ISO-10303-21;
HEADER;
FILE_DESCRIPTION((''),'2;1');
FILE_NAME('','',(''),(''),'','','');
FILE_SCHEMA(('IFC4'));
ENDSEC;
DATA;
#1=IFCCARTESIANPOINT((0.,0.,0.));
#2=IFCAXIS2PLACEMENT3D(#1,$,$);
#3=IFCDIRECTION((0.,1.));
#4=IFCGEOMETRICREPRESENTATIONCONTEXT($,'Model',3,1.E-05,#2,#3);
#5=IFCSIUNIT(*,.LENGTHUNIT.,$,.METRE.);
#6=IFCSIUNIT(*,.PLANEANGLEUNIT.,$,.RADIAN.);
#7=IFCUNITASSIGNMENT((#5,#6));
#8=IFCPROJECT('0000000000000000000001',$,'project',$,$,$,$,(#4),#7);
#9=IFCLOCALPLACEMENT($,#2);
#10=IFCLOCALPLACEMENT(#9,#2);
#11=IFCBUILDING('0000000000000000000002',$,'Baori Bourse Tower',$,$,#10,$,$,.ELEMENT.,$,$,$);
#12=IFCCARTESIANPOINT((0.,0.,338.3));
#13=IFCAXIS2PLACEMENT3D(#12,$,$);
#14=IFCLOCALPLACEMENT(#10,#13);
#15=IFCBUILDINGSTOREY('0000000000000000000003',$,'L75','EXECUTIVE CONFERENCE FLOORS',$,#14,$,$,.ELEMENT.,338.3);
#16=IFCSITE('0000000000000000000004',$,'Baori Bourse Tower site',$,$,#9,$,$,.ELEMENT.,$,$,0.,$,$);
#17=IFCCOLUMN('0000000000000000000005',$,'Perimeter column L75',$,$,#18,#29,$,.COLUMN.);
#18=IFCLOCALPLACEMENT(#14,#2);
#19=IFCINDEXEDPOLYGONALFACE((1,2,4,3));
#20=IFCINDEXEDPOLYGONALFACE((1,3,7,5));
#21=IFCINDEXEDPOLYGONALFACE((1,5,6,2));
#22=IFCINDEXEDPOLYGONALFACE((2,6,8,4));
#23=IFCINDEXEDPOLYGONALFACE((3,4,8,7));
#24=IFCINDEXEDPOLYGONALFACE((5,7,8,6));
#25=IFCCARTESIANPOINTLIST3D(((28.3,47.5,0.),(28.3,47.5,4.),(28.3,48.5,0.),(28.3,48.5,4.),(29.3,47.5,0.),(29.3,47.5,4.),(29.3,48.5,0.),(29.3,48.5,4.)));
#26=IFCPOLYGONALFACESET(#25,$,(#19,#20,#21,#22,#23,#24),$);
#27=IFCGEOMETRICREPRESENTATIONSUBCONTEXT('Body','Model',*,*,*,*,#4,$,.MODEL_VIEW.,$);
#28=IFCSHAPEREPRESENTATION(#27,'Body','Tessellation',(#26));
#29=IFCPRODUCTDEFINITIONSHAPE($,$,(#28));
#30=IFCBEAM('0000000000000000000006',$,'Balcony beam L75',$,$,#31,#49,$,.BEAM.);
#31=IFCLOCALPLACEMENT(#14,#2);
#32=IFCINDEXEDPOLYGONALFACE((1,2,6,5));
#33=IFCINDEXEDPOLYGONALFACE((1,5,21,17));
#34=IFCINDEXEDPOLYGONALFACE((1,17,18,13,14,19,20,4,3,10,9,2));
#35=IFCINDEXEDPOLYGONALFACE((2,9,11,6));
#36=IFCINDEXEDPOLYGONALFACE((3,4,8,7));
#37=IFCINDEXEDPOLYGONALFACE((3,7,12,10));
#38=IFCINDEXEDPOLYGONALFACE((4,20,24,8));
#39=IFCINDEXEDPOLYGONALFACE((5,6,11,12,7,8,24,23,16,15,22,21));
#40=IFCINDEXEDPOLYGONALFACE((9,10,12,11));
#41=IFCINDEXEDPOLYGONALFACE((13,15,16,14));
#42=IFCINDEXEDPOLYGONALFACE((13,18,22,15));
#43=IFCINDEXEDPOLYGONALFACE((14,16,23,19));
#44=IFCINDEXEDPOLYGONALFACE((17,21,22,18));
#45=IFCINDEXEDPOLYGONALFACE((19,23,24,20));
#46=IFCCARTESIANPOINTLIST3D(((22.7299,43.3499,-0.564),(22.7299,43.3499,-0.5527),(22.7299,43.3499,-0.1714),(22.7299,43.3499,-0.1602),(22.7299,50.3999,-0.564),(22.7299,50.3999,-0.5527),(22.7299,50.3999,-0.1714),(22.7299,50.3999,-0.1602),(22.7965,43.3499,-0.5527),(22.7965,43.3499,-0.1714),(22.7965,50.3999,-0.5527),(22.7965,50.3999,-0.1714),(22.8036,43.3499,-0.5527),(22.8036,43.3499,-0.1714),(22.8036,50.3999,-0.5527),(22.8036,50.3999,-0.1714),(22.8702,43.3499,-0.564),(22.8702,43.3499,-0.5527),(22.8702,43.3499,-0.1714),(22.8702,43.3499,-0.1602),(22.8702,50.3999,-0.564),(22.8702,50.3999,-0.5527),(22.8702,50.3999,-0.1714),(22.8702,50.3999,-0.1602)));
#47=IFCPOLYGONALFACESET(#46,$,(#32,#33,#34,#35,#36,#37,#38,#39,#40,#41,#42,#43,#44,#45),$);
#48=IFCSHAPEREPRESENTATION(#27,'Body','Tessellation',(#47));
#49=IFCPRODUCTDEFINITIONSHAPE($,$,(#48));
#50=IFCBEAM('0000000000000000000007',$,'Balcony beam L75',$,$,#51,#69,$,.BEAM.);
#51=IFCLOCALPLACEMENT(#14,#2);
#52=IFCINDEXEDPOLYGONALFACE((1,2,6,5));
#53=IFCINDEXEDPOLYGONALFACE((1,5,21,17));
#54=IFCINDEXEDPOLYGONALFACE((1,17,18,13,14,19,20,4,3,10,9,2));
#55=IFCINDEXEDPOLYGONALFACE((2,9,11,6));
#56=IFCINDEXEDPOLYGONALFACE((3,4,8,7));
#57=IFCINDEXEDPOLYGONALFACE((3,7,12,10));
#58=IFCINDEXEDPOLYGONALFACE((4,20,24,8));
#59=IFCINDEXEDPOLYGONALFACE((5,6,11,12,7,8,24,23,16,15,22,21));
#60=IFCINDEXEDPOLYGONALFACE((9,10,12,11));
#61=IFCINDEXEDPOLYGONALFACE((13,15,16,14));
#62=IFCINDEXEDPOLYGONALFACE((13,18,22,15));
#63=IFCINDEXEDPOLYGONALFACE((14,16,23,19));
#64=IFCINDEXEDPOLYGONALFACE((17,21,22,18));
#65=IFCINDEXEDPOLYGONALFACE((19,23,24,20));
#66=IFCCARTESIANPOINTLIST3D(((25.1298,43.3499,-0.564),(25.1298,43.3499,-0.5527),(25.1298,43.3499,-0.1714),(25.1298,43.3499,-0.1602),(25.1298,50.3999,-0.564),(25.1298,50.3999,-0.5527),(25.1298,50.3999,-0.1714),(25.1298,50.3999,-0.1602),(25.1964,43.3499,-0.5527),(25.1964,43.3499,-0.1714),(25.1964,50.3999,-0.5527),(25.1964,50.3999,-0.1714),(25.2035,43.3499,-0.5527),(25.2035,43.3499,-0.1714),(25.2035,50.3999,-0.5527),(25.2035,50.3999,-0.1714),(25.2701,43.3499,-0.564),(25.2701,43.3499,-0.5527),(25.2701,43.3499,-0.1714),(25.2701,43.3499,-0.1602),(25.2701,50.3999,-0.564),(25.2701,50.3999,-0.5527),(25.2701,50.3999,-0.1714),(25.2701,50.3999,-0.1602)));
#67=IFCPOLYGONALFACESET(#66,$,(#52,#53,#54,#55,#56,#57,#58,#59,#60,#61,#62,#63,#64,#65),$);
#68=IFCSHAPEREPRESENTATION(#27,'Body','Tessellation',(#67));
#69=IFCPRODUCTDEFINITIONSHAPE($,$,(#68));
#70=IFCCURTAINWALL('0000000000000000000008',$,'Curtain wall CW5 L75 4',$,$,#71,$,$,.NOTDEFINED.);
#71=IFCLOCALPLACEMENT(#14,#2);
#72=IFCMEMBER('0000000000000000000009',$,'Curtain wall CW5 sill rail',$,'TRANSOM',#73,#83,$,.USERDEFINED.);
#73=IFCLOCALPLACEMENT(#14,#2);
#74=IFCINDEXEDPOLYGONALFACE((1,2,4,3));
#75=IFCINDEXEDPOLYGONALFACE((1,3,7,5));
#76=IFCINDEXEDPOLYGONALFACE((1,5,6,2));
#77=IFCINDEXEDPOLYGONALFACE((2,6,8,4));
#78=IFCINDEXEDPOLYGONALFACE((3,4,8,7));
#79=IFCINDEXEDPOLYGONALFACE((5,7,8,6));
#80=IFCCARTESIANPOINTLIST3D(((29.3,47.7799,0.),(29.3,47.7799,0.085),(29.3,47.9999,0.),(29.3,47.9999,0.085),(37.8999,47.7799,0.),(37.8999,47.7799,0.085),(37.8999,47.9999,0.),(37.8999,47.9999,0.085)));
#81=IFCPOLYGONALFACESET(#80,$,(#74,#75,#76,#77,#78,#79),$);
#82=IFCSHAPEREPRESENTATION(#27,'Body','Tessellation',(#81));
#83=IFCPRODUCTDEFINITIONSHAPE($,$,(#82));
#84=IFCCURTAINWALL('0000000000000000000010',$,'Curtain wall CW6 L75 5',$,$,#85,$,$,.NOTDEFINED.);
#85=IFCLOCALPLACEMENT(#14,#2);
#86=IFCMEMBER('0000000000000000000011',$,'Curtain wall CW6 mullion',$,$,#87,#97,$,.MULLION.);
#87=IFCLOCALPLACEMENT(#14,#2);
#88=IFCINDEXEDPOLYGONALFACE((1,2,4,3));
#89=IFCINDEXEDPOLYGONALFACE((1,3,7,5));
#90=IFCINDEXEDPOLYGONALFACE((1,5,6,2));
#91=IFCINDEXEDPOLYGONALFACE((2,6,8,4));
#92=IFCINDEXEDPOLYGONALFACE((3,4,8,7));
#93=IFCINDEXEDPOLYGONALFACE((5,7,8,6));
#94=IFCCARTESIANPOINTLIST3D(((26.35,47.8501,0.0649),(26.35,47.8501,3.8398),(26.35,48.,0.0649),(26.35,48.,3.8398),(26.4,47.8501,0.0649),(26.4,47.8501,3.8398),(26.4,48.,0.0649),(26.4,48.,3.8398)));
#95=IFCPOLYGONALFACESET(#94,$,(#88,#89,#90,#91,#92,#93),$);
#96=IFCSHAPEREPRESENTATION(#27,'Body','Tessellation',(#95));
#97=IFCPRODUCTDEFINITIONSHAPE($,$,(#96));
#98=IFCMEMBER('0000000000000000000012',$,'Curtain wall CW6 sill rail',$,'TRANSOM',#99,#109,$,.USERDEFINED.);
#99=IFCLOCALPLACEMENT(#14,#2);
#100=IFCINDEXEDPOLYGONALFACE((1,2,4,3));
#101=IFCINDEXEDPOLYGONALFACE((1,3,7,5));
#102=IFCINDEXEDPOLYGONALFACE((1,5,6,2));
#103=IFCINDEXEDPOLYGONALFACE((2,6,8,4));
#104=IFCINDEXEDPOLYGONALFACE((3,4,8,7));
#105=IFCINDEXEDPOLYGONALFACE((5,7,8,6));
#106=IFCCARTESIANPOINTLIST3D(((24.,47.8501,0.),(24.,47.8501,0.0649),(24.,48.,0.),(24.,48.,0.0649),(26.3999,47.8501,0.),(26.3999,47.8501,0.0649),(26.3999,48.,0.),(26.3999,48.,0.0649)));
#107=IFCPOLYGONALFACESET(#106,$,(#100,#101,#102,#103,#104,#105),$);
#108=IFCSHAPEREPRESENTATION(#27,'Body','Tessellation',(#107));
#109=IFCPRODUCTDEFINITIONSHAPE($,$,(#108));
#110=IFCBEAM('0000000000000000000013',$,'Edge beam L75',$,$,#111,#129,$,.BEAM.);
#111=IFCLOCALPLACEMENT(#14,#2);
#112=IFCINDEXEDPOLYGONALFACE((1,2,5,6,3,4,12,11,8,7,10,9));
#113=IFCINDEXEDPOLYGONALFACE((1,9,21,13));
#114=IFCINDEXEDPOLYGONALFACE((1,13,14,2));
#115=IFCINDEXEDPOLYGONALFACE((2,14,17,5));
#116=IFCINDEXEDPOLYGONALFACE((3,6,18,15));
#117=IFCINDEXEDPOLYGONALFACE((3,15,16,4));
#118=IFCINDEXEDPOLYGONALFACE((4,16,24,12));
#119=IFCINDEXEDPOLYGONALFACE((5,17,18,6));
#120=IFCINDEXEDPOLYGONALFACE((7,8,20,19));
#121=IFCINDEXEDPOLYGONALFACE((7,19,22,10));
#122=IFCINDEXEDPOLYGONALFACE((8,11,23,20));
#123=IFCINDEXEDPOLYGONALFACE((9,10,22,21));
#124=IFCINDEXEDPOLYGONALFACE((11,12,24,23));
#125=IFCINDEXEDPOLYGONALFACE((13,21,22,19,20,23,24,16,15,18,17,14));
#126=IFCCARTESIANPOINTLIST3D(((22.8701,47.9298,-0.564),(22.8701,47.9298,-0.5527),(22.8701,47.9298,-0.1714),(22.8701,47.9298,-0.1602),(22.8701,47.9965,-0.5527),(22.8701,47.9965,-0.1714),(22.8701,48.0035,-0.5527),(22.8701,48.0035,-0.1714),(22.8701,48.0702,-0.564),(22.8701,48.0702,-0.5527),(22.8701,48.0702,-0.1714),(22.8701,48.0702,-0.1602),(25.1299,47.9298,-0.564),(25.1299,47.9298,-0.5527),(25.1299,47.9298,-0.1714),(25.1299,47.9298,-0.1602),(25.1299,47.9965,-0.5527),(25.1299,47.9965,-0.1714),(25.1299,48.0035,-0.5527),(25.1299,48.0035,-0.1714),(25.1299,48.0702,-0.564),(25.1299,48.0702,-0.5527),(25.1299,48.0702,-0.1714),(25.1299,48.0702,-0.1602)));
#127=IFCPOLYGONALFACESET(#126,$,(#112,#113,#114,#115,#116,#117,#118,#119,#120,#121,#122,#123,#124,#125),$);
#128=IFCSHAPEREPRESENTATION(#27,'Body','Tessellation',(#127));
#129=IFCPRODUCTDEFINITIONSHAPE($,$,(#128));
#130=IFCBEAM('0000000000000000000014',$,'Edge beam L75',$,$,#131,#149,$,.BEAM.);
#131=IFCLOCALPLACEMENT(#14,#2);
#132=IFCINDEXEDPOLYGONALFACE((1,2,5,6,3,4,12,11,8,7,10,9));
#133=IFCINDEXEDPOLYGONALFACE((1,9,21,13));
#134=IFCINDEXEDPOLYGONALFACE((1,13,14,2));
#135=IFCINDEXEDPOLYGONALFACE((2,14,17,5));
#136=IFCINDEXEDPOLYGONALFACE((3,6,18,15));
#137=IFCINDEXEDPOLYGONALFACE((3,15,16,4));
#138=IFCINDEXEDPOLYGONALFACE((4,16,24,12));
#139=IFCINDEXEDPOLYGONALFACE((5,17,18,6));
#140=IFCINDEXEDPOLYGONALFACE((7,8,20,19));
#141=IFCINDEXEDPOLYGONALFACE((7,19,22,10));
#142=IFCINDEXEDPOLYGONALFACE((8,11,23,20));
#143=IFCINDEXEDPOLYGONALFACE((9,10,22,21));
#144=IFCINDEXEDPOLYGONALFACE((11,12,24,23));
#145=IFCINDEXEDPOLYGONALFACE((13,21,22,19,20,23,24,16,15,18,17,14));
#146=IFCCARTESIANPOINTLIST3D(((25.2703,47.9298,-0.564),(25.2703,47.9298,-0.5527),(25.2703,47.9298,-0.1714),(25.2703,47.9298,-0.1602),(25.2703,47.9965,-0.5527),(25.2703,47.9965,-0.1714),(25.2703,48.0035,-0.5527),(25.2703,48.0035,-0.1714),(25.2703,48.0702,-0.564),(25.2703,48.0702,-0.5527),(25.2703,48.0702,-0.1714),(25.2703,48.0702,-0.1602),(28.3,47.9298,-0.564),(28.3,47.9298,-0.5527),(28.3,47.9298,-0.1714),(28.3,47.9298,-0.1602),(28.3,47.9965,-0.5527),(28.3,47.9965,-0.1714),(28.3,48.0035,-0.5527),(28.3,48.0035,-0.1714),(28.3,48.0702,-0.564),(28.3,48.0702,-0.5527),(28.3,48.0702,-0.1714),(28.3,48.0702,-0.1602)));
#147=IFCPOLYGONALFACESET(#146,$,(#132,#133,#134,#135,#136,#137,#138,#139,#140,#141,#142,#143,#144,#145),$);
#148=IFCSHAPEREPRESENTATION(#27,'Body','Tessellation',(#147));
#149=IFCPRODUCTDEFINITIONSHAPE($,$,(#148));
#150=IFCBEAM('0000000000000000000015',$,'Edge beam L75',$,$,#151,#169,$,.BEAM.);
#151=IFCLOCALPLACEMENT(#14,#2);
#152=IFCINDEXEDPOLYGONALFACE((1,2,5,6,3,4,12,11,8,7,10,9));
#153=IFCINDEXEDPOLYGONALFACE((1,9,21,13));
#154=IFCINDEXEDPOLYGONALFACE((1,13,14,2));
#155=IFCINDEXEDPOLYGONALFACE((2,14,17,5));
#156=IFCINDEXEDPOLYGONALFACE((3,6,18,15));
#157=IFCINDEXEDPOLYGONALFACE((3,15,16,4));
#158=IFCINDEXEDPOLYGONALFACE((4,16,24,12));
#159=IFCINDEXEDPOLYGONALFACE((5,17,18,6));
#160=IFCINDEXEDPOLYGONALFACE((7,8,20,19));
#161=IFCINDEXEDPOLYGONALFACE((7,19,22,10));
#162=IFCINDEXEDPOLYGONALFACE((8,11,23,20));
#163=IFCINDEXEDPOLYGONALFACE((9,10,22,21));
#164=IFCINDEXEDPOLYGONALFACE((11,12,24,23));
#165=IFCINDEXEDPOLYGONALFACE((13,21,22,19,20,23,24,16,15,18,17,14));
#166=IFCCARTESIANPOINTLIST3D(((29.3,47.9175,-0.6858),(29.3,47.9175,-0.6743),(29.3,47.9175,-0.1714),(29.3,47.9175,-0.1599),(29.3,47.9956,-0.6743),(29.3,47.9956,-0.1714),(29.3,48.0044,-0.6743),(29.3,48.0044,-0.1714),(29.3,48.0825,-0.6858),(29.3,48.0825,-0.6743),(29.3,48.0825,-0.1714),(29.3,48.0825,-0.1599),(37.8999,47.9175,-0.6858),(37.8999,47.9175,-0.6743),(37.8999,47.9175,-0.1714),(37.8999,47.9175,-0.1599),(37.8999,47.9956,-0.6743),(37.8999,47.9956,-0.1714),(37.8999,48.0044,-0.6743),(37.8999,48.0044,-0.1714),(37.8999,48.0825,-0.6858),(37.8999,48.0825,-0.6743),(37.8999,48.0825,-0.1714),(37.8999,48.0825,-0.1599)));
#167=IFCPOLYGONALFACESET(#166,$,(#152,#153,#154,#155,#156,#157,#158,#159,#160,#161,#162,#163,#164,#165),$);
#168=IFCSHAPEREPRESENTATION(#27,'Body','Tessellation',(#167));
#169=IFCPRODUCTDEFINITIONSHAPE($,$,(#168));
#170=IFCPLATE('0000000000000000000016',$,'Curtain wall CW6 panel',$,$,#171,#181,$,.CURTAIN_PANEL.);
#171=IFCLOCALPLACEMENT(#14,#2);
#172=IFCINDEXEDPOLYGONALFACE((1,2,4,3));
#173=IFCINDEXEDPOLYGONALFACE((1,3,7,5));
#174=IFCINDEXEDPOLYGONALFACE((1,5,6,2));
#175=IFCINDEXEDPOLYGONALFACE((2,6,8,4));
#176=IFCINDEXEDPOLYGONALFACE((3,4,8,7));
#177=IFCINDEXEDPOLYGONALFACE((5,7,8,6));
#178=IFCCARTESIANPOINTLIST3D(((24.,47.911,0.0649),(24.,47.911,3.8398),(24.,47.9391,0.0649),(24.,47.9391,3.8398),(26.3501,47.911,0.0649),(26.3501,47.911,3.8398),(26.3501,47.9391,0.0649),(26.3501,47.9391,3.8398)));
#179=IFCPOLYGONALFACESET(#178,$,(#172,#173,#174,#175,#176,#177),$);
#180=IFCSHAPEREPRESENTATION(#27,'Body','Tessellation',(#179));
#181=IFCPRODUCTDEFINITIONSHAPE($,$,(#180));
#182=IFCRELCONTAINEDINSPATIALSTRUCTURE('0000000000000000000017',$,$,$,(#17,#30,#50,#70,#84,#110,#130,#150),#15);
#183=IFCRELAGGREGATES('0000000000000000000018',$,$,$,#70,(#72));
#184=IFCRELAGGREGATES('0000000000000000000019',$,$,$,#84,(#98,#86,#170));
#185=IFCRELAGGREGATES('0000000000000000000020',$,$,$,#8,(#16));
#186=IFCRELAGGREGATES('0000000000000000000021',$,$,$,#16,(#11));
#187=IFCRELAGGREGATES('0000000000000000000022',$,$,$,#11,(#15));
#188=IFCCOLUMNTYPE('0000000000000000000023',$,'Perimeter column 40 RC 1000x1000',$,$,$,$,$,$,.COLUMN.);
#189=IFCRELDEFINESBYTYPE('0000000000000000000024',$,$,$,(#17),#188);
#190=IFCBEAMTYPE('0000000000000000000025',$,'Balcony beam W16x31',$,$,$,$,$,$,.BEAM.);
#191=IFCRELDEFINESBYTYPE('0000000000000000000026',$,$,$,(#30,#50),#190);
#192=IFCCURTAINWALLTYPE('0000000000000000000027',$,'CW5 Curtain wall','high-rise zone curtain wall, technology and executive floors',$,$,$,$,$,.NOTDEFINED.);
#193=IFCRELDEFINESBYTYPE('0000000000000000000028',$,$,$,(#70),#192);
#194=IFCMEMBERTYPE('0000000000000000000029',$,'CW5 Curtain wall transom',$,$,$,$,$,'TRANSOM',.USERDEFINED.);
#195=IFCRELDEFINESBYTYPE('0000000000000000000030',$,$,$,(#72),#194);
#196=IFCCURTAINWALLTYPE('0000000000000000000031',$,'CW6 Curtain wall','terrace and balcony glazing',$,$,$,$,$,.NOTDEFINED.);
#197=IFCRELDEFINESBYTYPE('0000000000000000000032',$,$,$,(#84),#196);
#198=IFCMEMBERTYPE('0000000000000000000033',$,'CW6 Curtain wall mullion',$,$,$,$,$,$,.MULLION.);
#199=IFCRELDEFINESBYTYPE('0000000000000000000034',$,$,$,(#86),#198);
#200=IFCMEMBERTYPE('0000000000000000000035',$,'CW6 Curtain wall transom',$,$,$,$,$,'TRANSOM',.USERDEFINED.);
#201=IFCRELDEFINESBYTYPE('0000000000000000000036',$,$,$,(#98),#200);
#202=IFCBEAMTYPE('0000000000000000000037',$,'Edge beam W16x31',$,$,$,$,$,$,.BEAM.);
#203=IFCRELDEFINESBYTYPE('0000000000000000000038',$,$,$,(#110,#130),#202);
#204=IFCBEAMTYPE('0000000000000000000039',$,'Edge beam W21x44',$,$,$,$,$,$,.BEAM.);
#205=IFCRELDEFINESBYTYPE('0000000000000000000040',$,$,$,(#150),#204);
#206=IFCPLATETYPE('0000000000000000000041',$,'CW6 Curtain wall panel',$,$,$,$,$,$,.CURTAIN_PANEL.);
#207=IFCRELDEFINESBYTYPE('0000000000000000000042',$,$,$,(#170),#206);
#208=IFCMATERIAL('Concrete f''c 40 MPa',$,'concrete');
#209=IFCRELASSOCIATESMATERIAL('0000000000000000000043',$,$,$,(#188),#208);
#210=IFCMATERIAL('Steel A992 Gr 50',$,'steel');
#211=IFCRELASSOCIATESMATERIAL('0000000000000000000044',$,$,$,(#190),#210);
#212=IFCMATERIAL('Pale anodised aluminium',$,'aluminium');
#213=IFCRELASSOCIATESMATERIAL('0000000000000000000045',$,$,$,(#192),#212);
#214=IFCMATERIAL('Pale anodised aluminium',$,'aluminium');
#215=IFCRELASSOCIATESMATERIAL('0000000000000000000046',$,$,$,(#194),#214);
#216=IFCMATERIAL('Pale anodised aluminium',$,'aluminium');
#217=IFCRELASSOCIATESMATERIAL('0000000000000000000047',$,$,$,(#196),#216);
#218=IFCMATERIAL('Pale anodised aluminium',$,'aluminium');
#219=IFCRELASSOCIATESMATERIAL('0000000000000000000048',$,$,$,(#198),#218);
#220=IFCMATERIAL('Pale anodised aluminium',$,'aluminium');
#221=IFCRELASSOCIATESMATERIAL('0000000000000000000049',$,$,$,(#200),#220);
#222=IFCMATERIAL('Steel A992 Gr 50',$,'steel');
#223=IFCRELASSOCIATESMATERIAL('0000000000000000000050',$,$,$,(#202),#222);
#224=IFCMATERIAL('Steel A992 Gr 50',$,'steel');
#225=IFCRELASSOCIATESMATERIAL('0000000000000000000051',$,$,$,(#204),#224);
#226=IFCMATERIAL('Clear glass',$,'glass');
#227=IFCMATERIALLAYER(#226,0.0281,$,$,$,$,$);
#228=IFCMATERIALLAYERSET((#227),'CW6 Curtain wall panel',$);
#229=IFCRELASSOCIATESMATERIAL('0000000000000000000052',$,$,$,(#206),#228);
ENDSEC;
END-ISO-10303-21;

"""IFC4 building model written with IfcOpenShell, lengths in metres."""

from ifc_helpers import new_model, si_unit, direction, frame, origin, origin_2d, place, context, subcontext, project, spatial, rectangle, i_section, extrude, material, layer, layer_set, material_profile, profile_set, type_object, element, aggregate, save


model = new_model("IFC4")

# Units and contexts
model_context = context("Model", 3, precision=1e-05, world=origin(), true_north=direction((0.0, 1.0)))
body_context = subcontext(model_context, "Body", "Model", "MODEL_VIEW")
ifc_project = project(units=[si_unit("LENGTHUNIT", "METRE"), si_unit("PLANEANGLEUNIT", "RADIAN")], contexts=[model_context])

# Site, building, storey
site_placement = place(None, origin())
site = spatial("IfcSite", under=ifc_project, at=site_placement, Name="Baori Bourse Tower site", CompositionType="ELEMENT", RefElevation=0.0)
building_placement = place(site_placement, origin())
building = spatial("IfcBuilding", under=site, at=building_placement, Name="Baori Bourse Tower", CompositionType="ELEMENT")
storey_placement = place(building_placement, frame((0.0, 0.0, 338.3)))
storey = spatial("IfcBuildingStorey", under=building, at=storey_placement, Name="L75", Description="EXECUTIVE CONFERENCE FLOORS", CompositionType="ELEMENT", Elevation=338.3)

# Column
ifc_material_1 = material(Name="Concrete f'c 40 MPa", Category="concrete")
ifc_material_profile_1 = material_profile(ifc_material_1, rectangle(XDim=1.0, YDim=1.0, at=origin_2d()), Name="RC 1000x1000")
ifc_profile_set_1 = profile_set([ifc_material_profile_1], Name="Concrete f'c 40 MPa")
column_type = type_object("IfcColumnType", Name="Perimeter column 40 RC 1000x1000", PredefinedType="COLUMN", material=ifc_profile_set_1)
column_placement = place(storey_placement, frame((28.8, 48.0, 0.0), z_axis=(0.0, 0.0, 1.0), x_axis=(1.0, 0.0, 0.0)))
element("IfcColumn", 1, at=column_placement, inside=storey, type_object=column_type, Name="Perimeter column L75", PredefinedType="COLUMN", context=body_context, shape_type="SweptSolid", body=[
    extrude(rectangle(XDim=1.0, YDim=1.0, at=origin_2d()), origin(), (0.0, 0.0, 1.0), 4.0),
])

# Beams
ifc_material_2 = material(Name="Steel A992 Gr 50", Category="steel")
ifc_material_profile_2 = material_profile(ifc_material_2, i_section(OverallWidth=0.1404, OverallDepth=0.4038, WebThickness=0.0071, FlangeThickness=0.0112, at=origin_2d()), Name="W16x31")
ifc_profile_set_2 = profile_set([ifc_material_profile_2], Name="Steel A992 Gr 50")
beam_type_1 = type_object("IfcBeamType", Name="Balcony beam W16x31", PredefinedType="BEAM", material=ifc_profile_set_2)
for number, where, z_axis, x_axis, name in (
    (2, (22.8, 50.3999, -0.3621), (0.0, -1.0, 0.0), (1.0, 0.0, 0.0), "Balcony beam L75"),
    (3, (25.2, 50.3999, -0.3621), (0.0, -1.0, 0.0), (1.0, 0.0, 0.0), "Balcony beam L75"),
):
    element("IfcBeam", number, at=place(storey_placement, frame(where, z_axis=z_axis, x_axis=x_axis)), inside=storey, type_object=beam_type_1, Name=name, PredefinedType="BEAM", context=body_context, shape_type="SweptSolid", body=[
        extrude(i_section(OverallWidth=0.1404, OverallDepth=0.4038, WebThickness=0.0071, FlangeThickness=0.0112, at=origin_2d()), origin(), (0.0, 0.0, 1.0), 7.05),
    ])

# Curtain wall, member
ifc_material_3 = material(Name="Pale anodised aluminium", Category="aluminium")
curtain_wall_type_1 = type_object("IfcCurtainWallType", Name="CW5 Curtain wall", Description="high-rise zone curtain wall, technology and executive floors", PredefinedType="NOTDEFINED", material=ifc_material_3)
curtain_wall_1_placement = place(storey_placement, origin())
curtain_wall_1 = element("IfcCurtainWall", 4, at=curtain_wall_1_placement, inside=storey, type_object=curtain_wall_type_1, Name="Curtain wall CW5 L75 4", PredefinedType="NOTDEFINED")
ifc_material_4 = material(Name="Pale anodised aluminium", Category="aluminium")
ifc_material_profile_3 = material_profile(ifc_material_4, rectangle(XDim=0.22, YDim=0.085, at=origin_2d()), Name="Transom 85x220")
ifc_profile_set_3 = profile_set([ifc_material_profile_3], Name="Pale anodised aluminium")
member_type_1 = type_object("IfcMemberType", Name="CW5 Curtain wall transom", ElementType="TRANSOM", PredefinedType="USERDEFINED", material=ifc_profile_set_3)
member_1_placement = place(storey_placement, frame((37.8999, 47.8899, 0.0425), z_axis=(-1.0, 0.0, 0.0), x_axis=(0.0, -1.0, 0.0)))
member_1 = element("IfcMember", 5, at=member_1_placement, type_object=member_type_1, Name="Curtain wall CW5 sill rail", ObjectType="TRANSOM", PredefinedType="USERDEFINED", context=body_context, shape_type="SweptSolid", body=[
    extrude(rectangle(XDim=0.22, YDim=0.085, at=origin_2d()), origin(), (0.0, 0.0, 1.0), 8.5999),
])
aggregate(curtain_wall_1, [member_1])

# Curtain wall, members
ifc_material_5 = material(Name="Pale anodised aluminium", Category="aluminium")
curtain_wall_type_2 = type_object("IfcCurtainWallType", Name="CW6 Curtain wall", Description="terrace and balcony glazing", PredefinedType="NOTDEFINED", material=ifc_material_5)
curtain_wall_2_placement = place(storey_placement, origin())
curtain_wall_2 = element("IfcCurtainWall", 6, at=curtain_wall_2_placement, inside=storey, type_object=curtain_wall_type_2, Name="Curtain wall CW6 L75 5", PredefinedType="NOTDEFINED")
ifc_material_6 = material(Name="Pale anodised aluminium", Category="aluminium")
ifc_material_profile_4 = material_profile(ifc_material_6, rectangle(XDim=0.1499, YDim=0.05, at=origin_2d()), Name="Mullion 50x150")
ifc_profile_set_4 = profile_set([ifc_material_profile_4], Name="Pale anodised aluminium")
member_type_2 = type_object("IfcMemberType", Name="CW6 Curtain wall mullion", PredefinedType="MULLION", material=ifc_profile_set_4)
member_2_placement = place(storey_placement, frame((26.375, 47.925, 0.0649), z_axis=(0.0, 0.0, 1.0), x_axis=(0.0, -1.0, 0.0)))
member_2 = element("IfcMember", 7, at=member_2_placement, type_object=member_type_2, Name="Curtain wall CW6 mullion", PredefinedType="MULLION", context=body_context, shape_type="SweptSolid", body=[
    extrude(rectangle(XDim=0.1499, YDim=0.05, at=origin_2d()), origin(), (0.0, 0.0, 1.0), 3.7749),
])
ifc_material_7 = material(Name="Pale anodised aluminium", Category="aluminium")
ifc_material_profile_5 = material_profile(ifc_material_7, rectangle(XDim=0.1499, YDim=0.0649, at=origin_2d()), Name="Transom 65x150")
ifc_profile_set_5 = profile_set([ifc_material_profile_5], Name="Pale anodised aluminium")
member_type_3 = type_object("IfcMemberType", Name="CW6 Curtain wall transom", ElementType="TRANSOM", PredefinedType="USERDEFINED", material=ifc_profile_set_5)
member_3_placement = place(storey_placement, frame((26.3999, 47.925, 0.0325), z_axis=(-1.0, 0.0, 0.0), x_axis=(0.0, -1.0, 0.0)))
member_3 = element("IfcMember", 8, at=member_3_placement, type_object=member_type_3, Name="Curtain wall CW6 sill rail", ObjectType="TRANSOM", PredefinedType="USERDEFINED", context=body_context, shape_type="SweptSolid", body=[
    extrude(rectangle(XDim=0.1499, YDim=0.0649, at=origin_2d()), origin(), (0.0, 0.0, 1.0), 2.3999),
])

# Beams
ifc_material_8 = material(Name="Steel A992 Gr 50", Category="steel")
ifc_material_profile_6 = material_profile(ifc_material_8, i_section(OverallWidth=0.1404, OverallDepth=0.4038, WebThickness=0.0071, FlangeThickness=0.0112, at=origin_2d()), Name="W16x31")
ifc_profile_set_6 = profile_set([ifc_material_profile_6], Name="Steel A992 Gr 50")
beam_type_2 = type_object("IfcBeamType", Name="Edge beam W16x31", PredefinedType="BEAM", material=ifc_profile_set_6)
beam_1_placement = place(storey_placement, frame((22.8701, 48.0, -0.3621), z_axis=(1.0, 0.0, 0.0), x_axis=(0.0, 1.0, 0.0)))
element("IfcBeam", 9, at=beam_1_placement, inside=storey, type_object=beam_type_2, Name="Edge beam L75", PredefinedType="BEAM", context=body_context, shape_type="SweptSolid", body=[
    extrude(i_section(OverallWidth=0.1404, OverallDepth=0.4038, WebThickness=0.0071, FlangeThickness=0.0112, at=origin_2d()), origin(), (0.0, 0.0, 1.0), 2.2598),
])
beam_2_placement = place(storey_placement, frame((25.2703, 48.0, -0.3621), z_axis=(1.0, 0.0, 0.0), x_axis=(0.0, 1.0, 0.0)))
element("IfcBeam", 10, at=beam_2_placement, inside=storey, type_object=beam_type_2, Name="Edge beam L75", PredefinedType="BEAM", context=body_context, shape_type="SweptSolid", body=[
    extrude(i_section(OverallWidth=0.1404, OverallDepth=0.4038, WebThickness=0.0071, FlangeThickness=0.0112, at=origin_2d()), origin(), (0.0, 0.0, 1.0), 3.0298),
])
ifc_material_9 = material(Name="Steel A992 Gr 50", Category="steel")
ifc_material_profile_7 = material_profile(ifc_material_9, i_section(OverallWidth=0.165, OverallDepth=0.5259, WebThickness=0.0088, FlangeThickness=0.0115, at=origin_2d()), Name="W21x44")
ifc_profile_set_7 = profile_set([ifc_material_profile_7], Name="Steel A992 Gr 50")
beam_type_3 = type_object("IfcBeamType", Name="Edge beam W21x44", PredefinedType="BEAM", material=ifc_profile_set_7)
beam_3_placement = place(storey_placement, frame((29.3, 48.0, -0.4229), z_axis=(1.0, 0.0, 0.0), x_axis=(0.0, 1.0, 0.0)))
element("IfcBeam", 11, at=beam_3_placement, inside=storey, type_object=beam_type_3, Name="Edge beam L75", PredefinedType="BEAM", context=body_context, shape_type="SweptSolid", body=[
    extrude(i_section(OverallWidth=0.165, OverallDepth=0.5259, WebThickness=0.0088, FlangeThickness=0.0115, at=origin_2d()), origin(), (0.0, 0.0, 1.0), 8.5999),
])

# Plate
ifc_material_10 = material(Name="Clear glass", Category="glass")
ifc_layer_1 = layer(ifc_material_10, 0.0281)
ifc_layer_set_1 = layer_set([ifc_layer_1], Name="CW6 Curtain wall panel")
plate_type = type_object("IfcPlateType", Name="CW6 Curtain wall panel", PredefinedType="CURTAIN_PANEL", material=ifc_layer_set_1)
plate_placement = place(storey_placement, frame((25.175, 47.925, 0.0649), z_axis=(0.0, 0.0, 1.0), x_axis=(-1.0, 0.0, 0.0)))
plate = element("IfcPlate", 12, at=plate_placement, type_object=plate_type, Name="Curtain wall CW6 panel", PredefinedType="CURTAIN_PANEL", context=body_context, shape_type="SweptSolid", body=[
    extrude(rectangle(XDim=2.3501, YDim=0.0281, at=origin_2d()), origin(), (0.0, 0.0, 1.0), 3.7749),
])
aggregate(curtain_wall_2, [member_3, member_2, plate])

save(model, "model.ifc")
